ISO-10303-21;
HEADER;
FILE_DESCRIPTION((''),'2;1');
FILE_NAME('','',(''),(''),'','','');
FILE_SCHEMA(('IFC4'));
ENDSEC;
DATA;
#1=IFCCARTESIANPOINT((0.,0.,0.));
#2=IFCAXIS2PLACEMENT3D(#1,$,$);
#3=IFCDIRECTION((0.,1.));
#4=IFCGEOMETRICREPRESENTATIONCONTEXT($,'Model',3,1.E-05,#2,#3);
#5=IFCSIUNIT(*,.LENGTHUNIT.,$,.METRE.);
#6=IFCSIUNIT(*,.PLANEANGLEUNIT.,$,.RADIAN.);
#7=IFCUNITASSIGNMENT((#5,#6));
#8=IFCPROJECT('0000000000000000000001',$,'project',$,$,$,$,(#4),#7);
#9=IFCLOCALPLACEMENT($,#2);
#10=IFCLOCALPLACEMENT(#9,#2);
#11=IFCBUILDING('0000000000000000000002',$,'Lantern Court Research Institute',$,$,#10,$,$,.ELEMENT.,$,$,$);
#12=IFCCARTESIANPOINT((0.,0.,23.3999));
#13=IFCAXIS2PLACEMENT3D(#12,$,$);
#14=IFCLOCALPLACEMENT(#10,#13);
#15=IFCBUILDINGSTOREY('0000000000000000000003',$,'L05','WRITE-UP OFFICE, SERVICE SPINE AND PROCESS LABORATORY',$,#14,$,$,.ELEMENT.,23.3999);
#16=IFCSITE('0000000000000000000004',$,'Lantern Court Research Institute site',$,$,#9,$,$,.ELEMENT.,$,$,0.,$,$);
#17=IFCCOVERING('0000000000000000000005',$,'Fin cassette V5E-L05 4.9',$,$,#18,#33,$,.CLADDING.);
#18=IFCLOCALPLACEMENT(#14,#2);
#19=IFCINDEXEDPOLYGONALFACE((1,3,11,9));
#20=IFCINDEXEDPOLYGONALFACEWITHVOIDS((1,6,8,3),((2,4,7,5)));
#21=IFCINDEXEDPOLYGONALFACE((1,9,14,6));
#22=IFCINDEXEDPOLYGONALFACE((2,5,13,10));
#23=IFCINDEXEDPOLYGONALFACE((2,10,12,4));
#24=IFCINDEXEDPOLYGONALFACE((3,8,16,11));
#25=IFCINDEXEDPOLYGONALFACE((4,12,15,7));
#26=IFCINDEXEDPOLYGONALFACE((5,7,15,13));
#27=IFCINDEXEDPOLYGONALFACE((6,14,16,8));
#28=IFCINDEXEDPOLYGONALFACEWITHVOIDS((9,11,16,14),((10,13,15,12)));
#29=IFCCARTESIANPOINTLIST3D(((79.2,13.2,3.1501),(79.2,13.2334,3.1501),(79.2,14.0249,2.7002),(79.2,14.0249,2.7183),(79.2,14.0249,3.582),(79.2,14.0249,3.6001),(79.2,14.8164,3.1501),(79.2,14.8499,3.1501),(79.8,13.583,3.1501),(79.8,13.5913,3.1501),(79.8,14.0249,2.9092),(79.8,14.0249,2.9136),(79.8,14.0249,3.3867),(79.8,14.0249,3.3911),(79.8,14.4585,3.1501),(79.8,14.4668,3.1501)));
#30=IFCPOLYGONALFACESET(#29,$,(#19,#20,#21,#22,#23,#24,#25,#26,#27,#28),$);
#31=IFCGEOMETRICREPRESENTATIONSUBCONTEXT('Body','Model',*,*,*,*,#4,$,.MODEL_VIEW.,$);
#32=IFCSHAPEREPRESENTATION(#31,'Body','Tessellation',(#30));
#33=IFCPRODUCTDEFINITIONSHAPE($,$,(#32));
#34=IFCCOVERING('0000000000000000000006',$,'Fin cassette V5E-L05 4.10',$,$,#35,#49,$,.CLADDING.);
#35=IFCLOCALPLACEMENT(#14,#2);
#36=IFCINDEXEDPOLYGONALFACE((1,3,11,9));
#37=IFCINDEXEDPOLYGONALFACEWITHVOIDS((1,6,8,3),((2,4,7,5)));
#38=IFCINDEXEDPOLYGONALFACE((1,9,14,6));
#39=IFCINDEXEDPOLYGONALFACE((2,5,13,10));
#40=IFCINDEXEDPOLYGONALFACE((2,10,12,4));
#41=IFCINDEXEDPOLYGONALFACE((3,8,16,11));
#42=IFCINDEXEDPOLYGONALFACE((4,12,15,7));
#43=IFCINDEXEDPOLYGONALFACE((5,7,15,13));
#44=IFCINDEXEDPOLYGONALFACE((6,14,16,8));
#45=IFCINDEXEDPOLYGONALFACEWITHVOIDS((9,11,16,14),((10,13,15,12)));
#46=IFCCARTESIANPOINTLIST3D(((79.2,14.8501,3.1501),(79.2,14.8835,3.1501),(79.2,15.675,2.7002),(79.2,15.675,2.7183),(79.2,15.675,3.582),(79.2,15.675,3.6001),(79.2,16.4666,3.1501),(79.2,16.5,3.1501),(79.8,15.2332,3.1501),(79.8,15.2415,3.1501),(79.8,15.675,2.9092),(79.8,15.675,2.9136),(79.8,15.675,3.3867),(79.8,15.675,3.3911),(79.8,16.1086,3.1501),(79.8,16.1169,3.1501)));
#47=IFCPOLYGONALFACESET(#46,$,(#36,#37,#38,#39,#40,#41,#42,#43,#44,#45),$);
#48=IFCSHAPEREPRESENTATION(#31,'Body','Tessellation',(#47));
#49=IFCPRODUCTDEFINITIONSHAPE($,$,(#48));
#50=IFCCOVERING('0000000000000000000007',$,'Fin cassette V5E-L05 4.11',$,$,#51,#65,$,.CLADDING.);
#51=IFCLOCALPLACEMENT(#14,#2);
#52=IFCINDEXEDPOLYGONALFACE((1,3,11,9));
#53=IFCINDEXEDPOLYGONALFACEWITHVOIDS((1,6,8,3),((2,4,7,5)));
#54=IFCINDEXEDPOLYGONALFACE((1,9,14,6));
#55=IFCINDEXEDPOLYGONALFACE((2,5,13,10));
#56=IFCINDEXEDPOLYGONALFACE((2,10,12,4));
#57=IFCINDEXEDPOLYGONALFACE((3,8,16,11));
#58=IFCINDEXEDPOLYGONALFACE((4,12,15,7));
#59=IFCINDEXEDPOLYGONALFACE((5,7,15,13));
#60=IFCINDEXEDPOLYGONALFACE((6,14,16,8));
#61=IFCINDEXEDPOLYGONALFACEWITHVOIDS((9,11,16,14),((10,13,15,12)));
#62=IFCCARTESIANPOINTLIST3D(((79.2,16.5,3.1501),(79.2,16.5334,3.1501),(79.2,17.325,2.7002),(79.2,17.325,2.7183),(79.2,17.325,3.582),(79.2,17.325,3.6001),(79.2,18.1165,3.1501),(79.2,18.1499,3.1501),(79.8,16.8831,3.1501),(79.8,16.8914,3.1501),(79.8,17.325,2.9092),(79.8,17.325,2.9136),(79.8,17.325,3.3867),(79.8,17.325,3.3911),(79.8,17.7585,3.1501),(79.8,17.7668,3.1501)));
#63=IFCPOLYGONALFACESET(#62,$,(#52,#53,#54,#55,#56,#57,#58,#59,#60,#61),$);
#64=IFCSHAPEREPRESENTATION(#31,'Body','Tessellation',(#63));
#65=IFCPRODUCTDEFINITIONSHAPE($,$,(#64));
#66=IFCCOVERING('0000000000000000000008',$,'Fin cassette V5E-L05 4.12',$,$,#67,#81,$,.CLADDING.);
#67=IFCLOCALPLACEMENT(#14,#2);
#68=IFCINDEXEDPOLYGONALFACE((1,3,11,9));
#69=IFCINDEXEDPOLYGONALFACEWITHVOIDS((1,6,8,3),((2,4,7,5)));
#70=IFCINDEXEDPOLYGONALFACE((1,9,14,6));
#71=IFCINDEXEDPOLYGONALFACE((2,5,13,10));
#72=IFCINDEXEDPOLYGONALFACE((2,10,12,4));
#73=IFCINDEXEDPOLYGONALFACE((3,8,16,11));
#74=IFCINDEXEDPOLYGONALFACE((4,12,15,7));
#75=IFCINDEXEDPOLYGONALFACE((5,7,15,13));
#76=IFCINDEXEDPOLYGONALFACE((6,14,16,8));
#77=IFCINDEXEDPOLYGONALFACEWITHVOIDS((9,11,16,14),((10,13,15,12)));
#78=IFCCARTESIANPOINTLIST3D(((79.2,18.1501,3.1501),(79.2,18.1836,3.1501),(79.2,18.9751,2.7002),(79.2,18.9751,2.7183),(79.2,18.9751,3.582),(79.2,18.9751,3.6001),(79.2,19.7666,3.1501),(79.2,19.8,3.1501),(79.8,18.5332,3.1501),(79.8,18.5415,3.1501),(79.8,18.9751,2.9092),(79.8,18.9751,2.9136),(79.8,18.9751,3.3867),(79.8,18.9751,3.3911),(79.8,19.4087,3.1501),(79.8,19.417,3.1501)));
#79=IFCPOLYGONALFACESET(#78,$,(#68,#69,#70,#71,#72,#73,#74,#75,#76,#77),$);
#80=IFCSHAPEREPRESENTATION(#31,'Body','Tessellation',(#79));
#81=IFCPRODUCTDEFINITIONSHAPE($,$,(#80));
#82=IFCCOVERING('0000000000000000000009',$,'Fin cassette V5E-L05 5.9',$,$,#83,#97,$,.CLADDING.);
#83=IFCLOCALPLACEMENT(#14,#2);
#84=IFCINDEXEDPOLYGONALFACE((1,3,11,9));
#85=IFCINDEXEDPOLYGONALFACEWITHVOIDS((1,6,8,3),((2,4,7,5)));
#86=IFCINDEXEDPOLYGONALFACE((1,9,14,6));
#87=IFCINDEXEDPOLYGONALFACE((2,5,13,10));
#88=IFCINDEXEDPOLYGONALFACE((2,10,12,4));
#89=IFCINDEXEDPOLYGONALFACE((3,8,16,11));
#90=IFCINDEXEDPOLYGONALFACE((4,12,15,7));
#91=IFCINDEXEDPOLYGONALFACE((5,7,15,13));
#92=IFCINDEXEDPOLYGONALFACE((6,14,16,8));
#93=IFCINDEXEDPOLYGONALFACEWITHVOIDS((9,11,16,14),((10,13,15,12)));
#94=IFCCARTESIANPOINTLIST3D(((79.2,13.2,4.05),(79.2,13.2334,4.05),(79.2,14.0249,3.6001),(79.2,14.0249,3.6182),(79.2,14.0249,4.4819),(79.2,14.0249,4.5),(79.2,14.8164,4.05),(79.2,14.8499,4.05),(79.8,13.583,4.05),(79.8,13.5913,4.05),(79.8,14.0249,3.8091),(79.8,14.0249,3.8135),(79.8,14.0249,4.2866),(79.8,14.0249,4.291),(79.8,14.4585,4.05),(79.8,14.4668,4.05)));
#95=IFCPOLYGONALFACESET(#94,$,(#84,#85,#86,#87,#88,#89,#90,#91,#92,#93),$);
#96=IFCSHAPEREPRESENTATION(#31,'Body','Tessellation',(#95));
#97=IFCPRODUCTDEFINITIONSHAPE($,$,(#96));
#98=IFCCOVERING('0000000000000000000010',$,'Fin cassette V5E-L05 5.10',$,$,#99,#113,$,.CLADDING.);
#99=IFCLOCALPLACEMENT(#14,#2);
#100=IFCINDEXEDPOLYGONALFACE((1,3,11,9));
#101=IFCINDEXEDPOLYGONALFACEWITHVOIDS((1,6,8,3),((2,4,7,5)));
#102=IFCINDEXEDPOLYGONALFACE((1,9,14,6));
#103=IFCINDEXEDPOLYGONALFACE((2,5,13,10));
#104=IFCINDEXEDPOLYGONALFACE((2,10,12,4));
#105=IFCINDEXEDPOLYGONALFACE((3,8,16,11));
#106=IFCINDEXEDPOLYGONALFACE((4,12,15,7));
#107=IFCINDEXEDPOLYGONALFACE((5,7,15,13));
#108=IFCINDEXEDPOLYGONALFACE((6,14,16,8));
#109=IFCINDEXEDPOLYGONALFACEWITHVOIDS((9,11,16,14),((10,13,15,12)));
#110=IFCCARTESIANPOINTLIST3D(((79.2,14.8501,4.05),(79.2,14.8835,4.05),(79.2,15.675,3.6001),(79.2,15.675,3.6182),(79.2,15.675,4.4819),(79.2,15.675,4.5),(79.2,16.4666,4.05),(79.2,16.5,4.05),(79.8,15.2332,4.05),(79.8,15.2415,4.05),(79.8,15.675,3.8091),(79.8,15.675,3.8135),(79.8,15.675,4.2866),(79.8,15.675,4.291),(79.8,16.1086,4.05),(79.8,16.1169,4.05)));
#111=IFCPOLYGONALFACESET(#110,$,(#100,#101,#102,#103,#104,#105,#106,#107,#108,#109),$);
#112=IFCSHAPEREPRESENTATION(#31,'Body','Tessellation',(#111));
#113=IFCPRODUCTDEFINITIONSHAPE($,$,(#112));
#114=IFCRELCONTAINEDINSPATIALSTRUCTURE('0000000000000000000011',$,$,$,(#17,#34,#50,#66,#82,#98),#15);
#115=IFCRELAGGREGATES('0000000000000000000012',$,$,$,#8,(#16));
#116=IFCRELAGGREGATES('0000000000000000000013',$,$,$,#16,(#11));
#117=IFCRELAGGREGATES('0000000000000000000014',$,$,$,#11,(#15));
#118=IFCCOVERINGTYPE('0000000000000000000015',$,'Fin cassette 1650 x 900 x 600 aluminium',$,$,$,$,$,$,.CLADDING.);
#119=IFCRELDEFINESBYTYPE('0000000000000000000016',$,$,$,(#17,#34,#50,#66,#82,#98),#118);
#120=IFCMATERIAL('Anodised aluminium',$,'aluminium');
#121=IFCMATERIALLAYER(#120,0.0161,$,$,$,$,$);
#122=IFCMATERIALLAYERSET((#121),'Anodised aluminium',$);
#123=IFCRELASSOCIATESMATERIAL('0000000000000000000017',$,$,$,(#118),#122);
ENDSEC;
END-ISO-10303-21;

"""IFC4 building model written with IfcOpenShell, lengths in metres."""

from ifc_helpers import new_model, entity, si_unit, direction, frame, origin, place, context, subcontext, project, spatial, material, layer, layer_set, type_object, element, save


model = new_model("IFC4")

# Units and contexts
model_context = context("Model", 3, precision=1e-05, world=origin(), true_north=direction((0.0, 1.0)))
body_context = subcontext(model_context, "Body", "Model", "MODEL_VIEW")
ifc_project = project(units=[si_unit("LENGTHUNIT", "METRE"), si_unit("PLANEANGLEUNIT", "RADIAN")], contexts=[model_context])

# Site, building, storey
site_placement = place(None, origin())
site = spatial("IfcSite", under=ifc_project, at=site_placement, Name="Lantern Court Research Institute site", CompositionType="ELEMENT", RefElevation=0.0)
building_placement = place(site_placement, origin())
building = spatial("IfcBuilding", under=site, at=building_placement, Name="Lantern Court Research Institute", CompositionType="ELEMENT")
storey_placement = place(building_placement, frame((0.0, 0.0, 23.3999)))
storey = spatial("IfcBuildingStorey", under=building, at=storey_placement, Name="L05", Description="WRITE-UP OFFICE, SERVICE SPINE AND PROCESS LABORATORY", CompositionType="ELEMENT", Elevation=23.3999)

# Coverings
ifc_material_1 = material(Name="Anodised aluminium", Category="aluminium")
ifc_layer_1 = layer(ifc_material_1, 0.0161)
ifc_layer_set_1 = layer_set([ifc_layer_1], Name="Anodised aluminium")
covering_type = type_object("IfcCoveringType", Name="Fin cassette 1650 x 900 x 600 aluminium", PredefinedType="CLADDING", material=ifc_layer_set_1)
covering_1_placement = place(storey_placement, frame((79.2, 14.0249, 3.1501), z_axis=(1.0, 0.0, 0.0), x_axis=(0.0, 1.0, 0.0)))
cartesian_point_1 = entity("IfcCartesianPoint", [0.825, 0.0])
cartesian_point_2 = entity("IfcCartesianPoint", [0.7915, 0.0])
cartesian_point_3 = entity("IfcCartesianPoint", [0.4419, 0.0])
cartesian_point_4 = entity("IfcCartesianPoint", [0.4336, 0.0])
element("IfcCovering", 1, at=covering_1_placement, inside=storey, type_object=covering_type, Name="Fin cassette V5E-L05 4.9", PredefinedType="CLADDING", context=body_context, shape_type="SweptSolid", body=[
    entity("IfcExtrudedAreaSolidTapered", entity("IfcArbitraryProfileDefWithVoids", "AREA", None, entity("IfcPolyline", [cartesian_point_1, entity("IfcCartesianPoint", [0.0, 0.45]), entity("IfcCartesianPoint", [-0.825, 0.0]), entity("IfcCartesianPoint", [0.0, -0.45]), cartesian_point_1]), [entity("IfcPolyline", [cartesian_point_2, entity("IfcCartesianPoint", [0.0, 0.4319]), entity("IfcCartesianPoint", [-0.7915, 0.0]), entity("IfcCartesianPoint", [0.0, -0.4319]), cartesian_point_2])]), entity("IfcAxis2Placement3D", entity("IfcCartesianPoint", [0.0, 0.0, 0.0])), entity("IfcDirection", [0.0, 0.0, 1.0]), 0.6001, entity("IfcArbitraryProfileDefWithVoids", "AREA", None, entity("IfcPolyline", [cartesian_point_3, entity("IfcCartesianPoint", [0.0, 0.241]), entity("IfcCartesianPoint", [-0.4419, 0.0]), entity("IfcCartesianPoint", [0.0, -0.241]), cartesian_point_3]), [entity("IfcPolyline", [cartesian_point_4, entity("IfcCartesianPoint", [0.0, 0.2366]), entity("IfcCartesianPoint", [-0.4336, 0.0]), entity("IfcCartesianPoint", [0.0, -0.2366]), cartesian_point_4])])),
])
covering_2_placement = place(storey_placement, frame((79.2, 15.675, 3.1501), z_axis=(1.0, 0.0, 0.0), x_axis=(0.0, 1.0, 0.0)))
cartesian_point_5 = entity("IfcCartesianPoint", [0.825, 0.0])
cartesian_point_6 = entity("IfcCartesianPoint", [0.7915, 0.0])
cartesian_point_7 = entity("IfcCartesianPoint", [0.4419, 0.0])
cartesian_point_8 = entity("IfcCartesianPoint", [0.4336, 0.0])
element("IfcCovering", 2, at=covering_2_placement, inside=storey, type_object=covering_type, Name="Fin cassette V5E-L05 4.10", PredefinedType="CLADDING", context=body_context, shape_type="SweptSolid", body=[
    entity("IfcExtrudedAreaSolidTapered", entity("IfcArbitraryProfileDefWithVoids", "AREA", None, entity("IfcPolyline", [cartesian_point_5, entity("IfcCartesianPoint", [0.0, 0.45]), entity("IfcCartesianPoint", [-0.825, 0.0]), entity("IfcCartesianPoint", [0.0, -0.45]), cartesian_point_5]), [entity("IfcPolyline", [cartesian_point_6, entity("IfcCartesianPoint", [0.0, 0.4319]), entity("IfcCartesianPoint", [-0.7915, 0.0]), entity("IfcCartesianPoint", [0.0, -0.4319]), cartesian_point_6])]), entity("IfcAxis2Placement3D", entity("IfcCartesianPoint", [0.0, 0.0, 0.0])), entity("IfcDirection", [0.0, 0.0, 1.0]), 0.6001, entity("IfcArbitraryProfileDefWithVoids", "AREA", None, entity("IfcPolyline", [cartesian_point_7, entity("IfcCartesianPoint", [0.0, 0.241]), entity("IfcCartesianPoint", [-0.4419, 0.0]), entity("IfcCartesianPoint", [0.0, -0.241]), cartesian_point_7]), [entity("IfcPolyline", [cartesian_point_8, entity("IfcCartesianPoint", [0.0, 0.2366]), entity("IfcCartesianPoint", [-0.4336, 0.0]), entity("IfcCartesianPoint", [0.0, -0.2366]), cartesian_point_8])])),
])
covering_3_placement = place(storey_placement, frame((79.2, 17.325, 3.1501), z_axis=(1.0, 0.0, 0.0), x_axis=(0.0, 1.0, 0.0)))
cartesian_point_9 = entity("IfcCartesianPoint", [0.825, 0.0])
cartesian_point_10 = entity("IfcCartesianPoint", [0.7915, 0.0])
cartesian_point_11 = entity("IfcCartesianPoint", [0.4419, 0.0])
cartesian_point_12 = entity("IfcCartesianPoint", [0.4336, 0.0])
element("IfcCovering", 3, at=covering_3_placement, inside=storey, type_object=covering_type, Name="Fin cassette V5E-L05 4.11", PredefinedType="CLADDING", context=body_context, shape_type="SweptSolid", body=[
    entity("IfcExtrudedAreaSolidTapered", entity("IfcArbitraryProfileDefWithVoids", "AREA", None, entity("IfcPolyline", [cartesian_point_9, entity("IfcCartesianPoint", [0.0, 0.45]), entity("IfcCartesianPoint", [-0.825, 0.0]), entity("IfcCartesianPoint", [0.0, -0.45]), cartesian_point_9]), [entity("IfcPolyline", [cartesian_point_10, entity("IfcCartesianPoint", [0.0, 0.4319]), entity("IfcCartesianPoint", [-0.7915, 0.0]), entity("IfcCartesianPoint", [0.0, -0.4319]), cartesian_point_10])]), entity("IfcAxis2Placement3D", entity("IfcCartesianPoint", [0.0, 0.0, 0.0])), entity("IfcDirection", [0.0, 0.0, 1.0]), 0.6001, entity("IfcArbitraryProfileDefWithVoids", "AREA", None, entity("IfcPolyline", [cartesian_point_11, entity("IfcCartesianPoint", [0.0, 0.241]), entity("IfcCartesianPoint", [-0.4419, 0.0]), entity("IfcCartesianPoint", [0.0, -0.241]), cartesian_point_11]), [entity("IfcPolyline", [cartesian_point_12, entity("IfcCartesianPoint", [0.0, 0.2366]), entity("IfcCartesianPoint", [-0.4336, 0.0]), entity("IfcCartesianPoint", [0.0, -0.2366]), cartesian_point_12])])),
])
covering_4_placement = place(storey_placement, frame((79.2, 18.9751, 3.1501), z_axis=(1.0, 0.0, 0.0), x_axis=(0.0, 1.0, 0.0)))
cartesian_point_13 = entity("IfcCartesianPoint", [0.825, 0.0])
cartesian_point_14 = entity("IfcCartesianPoint", [0.7915, 0.0])
cartesian_point_15 = entity("IfcCartesianPoint", [0.4419, 0.0])
cartesian_point_16 = entity("IfcCartesianPoint", [0.4336, 0.0])
element("IfcCovering", 4, at=covering_4_placement, inside=storey, type_object=covering_type, Name="Fin cassette V5E-L05 4.12", PredefinedType="CLADDING", context=body_context, shape_type="SweptSolid", body=[
    entity("IfcExtrudedAreaSolidTapered", entity("IfcArbitraryProfileDefWithVoids", "AREA", None, entity("IfcPolyline", [cartesian_point_13, entity("IfcCartesianPoint", [0.0, 0.45]), entity("IfcCartesianPoint", [-0.825, 0.0]), entity("IfcCartesianPoint", [0.0, -0.45]), cartesian_point_13]), [entity("IfcPolyline", [cartesian_point_14, entity("IfcCartesianPoint", [0.0, 0.4319]), entity("IfcCartesianPoint", [-0.7915, 0.0]), entity("IfcCartesianPoint", [0.0, -0.4319]), cartesian_point_14])]), entity("IfcAxis2Placement3D", entity("IfcCartesianPoint", [0.0, 0.0, 0.0])), entity("IfcDirection", [0.0, 0.0, 1.0]), 0.6001, entity("IfcArbitraryProfileDefWithVoids", "AREA", None, entity("IfcPolyline", [cartesian_point_15, entity("IfcCartesianPoint", [0.0, 0.241]), entity("IfcCartesianPoint", [-0.4419, 0.0]), entity("IfcCartesianPoint", [0.0, -0.241]), cartesian_point_15]), [entity("IfcPolyline", [cartesian_point_16, entity("IfcCartesianPoint", [0.0, 0.2366]), entity("IfcCartesianPoint", [-0.4336, 0.0]), entity("IfcCartesianPoint", [0.0, -0.2366]), cartesian_point_16])])),
])
covering_5_placement = place(storey_placement, frame((79.2, 14.0249, 4.05), z_axis=(1.0, 0.0, 0.0), x_axis=(0.0, 1.0, 0.0)))
cartesian_point_17 = entity("IfcCartesianPoint", [0.825, 0.0])
cartesian_point_18 = entity("IfcCartesianPoint", [0.7915, 0.0])
cartesian_point_19 = entity("IfcCartesianPoint", [0.4419, 0.0])
cartesian_point_20 = entity("IfcCartesianPoint", [0.4336, 0.0])
element("IfcCovering", 5, at=covering_5_placement, inside=storey, type_object=covering_type, Name="Fin cassette V5E-L05 5.9", PredefinedType="CLADDING", context=body_context, shape_type="SweptSolid", body=[
    entity("IfcExtrudedAreaSolidTapered", entity("IfcArbitraryProfileDefWithVoids", "AREA", None, entity("IfcPolyline", [cartesian_point_17, entity("IfcCartesianPoint", [0.0, 0.45]), entity("IfcCartesianPoint", [-0.825, 0.0]), entity("IfcCartesianPoint", [0.0, -0.45]), cartesian_point_17]), [entity("IfcPolyline", [cartesian_point_18, entity("IfcCartesianPoint", [0.0, 0.4319]), entity("IfcCartesianPoint", [-0.7915, 0.0]), entity("IfcCartesianPoint", [0.0, -0.4319]), cartesian_point_18])]), entity("IfcAxis2Placement3D", entity("IfcCartesianPoint", [0.0, 0.0, 0.0])), entity("IfcDirection", [0.0, 0.0, 1.0]), 0.6001, entity("IfcArbitraryProfileDefWithVoids", "AREA", None, entity("IfcPolyline", [cartesian_point_19, entity("IfcCartesianPoint", [0.0, 0.241]), entity("IfcCartesianPoint", [-0.4419, 0.0]), entity("IfcCartesianPoint", [0.0, -0.241]), cartesian_point_19]), [entity("IfcPolyline", [cartesian_point_20, entity("IfcCartesianPoint", [0.0, 0.2366]), entity("IfcCartesianPoint", [-0.4336, 0.0]), entity("IfcCartesianPoint", [0.0, -0.2366]), cartesian_point_20])])),
])
covering_6_placement = place(storey_placement, frame((79.2, 15.675, 4.05), z_axis=(1.0, 0.0, 0.0), x_axis=(0.0, 1.0, 0.0)))
cartesian_point_21 = entity("IfcCartesianPoint", [0.825, 0.0])
cartesian_point_22 = entity("IfcCartesianPoint", [0.7915, 0.0])
cartesian_point_23 = entity("IfcCartesianPoint", [0.4419, 0.0])
cartesian_point_24 = entity("IfcCartesianPoint", [0.4336, 0.0])
element("IfcCovering", 6, at=covering_6_placement, inside=storey, type_object=covering_type, Name="Fin cassette V5E-L05 5.10", PredefinedType="CLADDING", context=body_context, shape_type="SweptSolid", body=[
    entity("IfcExtrudedAreaSolidTapered", entity("IfcArbitraryProfileDefWithVoids", "AREA", None, entity("IfcPolyline", [cartesian_point_21, entity("IfcCartesianPoint", [0.0, 0.45]), entity("IfcCartesianPoint", [-0.825, 0.0]), entity("IfcCartesianPoint", [0.0, -0.45]), cartesian_point_21]), [entity("IfcPolyline", [cartesian_point_22, entity("IfcCartesianPoint", [0.0, 0.4319]), entity("IfcCartesianPoint", [-0.7915, 0.0]), entity("IfcCartesianPoint", [0.0, -0.4319]), cartesian_point_22])]), entity("IfcAxis2Placement3D", entity("IfcCartesianPoint", [0.0, 0.0, 0.0])), entity("IfcDirection", [0.0, 0.0, 1.0]), 0.6001, entity("IfcArbitraryProfileDefWithVoids", "AREA", None, entity("IfcPolyline", [cartesian_point_23, entity("IfcCartesianPoint", [0.0, 0.241]), entity("IfcCartesianPoint", [-0.4419, 0.0]), entity("IfcCartesianPoint", [0.0, -0.241]), cartesian_point_23]), [entity("IfcPolyline", [cartesian_point_24, entity("IfcCartesianPoint", [0.0, 0.2366]), entity("IfcCartesianPoint", [-0.4336, 0.0]), entity("IfcCartesianPoint", [0.0, -0.2366]), cartesian_point_24])])),
])

save(model, "model.ifc")
